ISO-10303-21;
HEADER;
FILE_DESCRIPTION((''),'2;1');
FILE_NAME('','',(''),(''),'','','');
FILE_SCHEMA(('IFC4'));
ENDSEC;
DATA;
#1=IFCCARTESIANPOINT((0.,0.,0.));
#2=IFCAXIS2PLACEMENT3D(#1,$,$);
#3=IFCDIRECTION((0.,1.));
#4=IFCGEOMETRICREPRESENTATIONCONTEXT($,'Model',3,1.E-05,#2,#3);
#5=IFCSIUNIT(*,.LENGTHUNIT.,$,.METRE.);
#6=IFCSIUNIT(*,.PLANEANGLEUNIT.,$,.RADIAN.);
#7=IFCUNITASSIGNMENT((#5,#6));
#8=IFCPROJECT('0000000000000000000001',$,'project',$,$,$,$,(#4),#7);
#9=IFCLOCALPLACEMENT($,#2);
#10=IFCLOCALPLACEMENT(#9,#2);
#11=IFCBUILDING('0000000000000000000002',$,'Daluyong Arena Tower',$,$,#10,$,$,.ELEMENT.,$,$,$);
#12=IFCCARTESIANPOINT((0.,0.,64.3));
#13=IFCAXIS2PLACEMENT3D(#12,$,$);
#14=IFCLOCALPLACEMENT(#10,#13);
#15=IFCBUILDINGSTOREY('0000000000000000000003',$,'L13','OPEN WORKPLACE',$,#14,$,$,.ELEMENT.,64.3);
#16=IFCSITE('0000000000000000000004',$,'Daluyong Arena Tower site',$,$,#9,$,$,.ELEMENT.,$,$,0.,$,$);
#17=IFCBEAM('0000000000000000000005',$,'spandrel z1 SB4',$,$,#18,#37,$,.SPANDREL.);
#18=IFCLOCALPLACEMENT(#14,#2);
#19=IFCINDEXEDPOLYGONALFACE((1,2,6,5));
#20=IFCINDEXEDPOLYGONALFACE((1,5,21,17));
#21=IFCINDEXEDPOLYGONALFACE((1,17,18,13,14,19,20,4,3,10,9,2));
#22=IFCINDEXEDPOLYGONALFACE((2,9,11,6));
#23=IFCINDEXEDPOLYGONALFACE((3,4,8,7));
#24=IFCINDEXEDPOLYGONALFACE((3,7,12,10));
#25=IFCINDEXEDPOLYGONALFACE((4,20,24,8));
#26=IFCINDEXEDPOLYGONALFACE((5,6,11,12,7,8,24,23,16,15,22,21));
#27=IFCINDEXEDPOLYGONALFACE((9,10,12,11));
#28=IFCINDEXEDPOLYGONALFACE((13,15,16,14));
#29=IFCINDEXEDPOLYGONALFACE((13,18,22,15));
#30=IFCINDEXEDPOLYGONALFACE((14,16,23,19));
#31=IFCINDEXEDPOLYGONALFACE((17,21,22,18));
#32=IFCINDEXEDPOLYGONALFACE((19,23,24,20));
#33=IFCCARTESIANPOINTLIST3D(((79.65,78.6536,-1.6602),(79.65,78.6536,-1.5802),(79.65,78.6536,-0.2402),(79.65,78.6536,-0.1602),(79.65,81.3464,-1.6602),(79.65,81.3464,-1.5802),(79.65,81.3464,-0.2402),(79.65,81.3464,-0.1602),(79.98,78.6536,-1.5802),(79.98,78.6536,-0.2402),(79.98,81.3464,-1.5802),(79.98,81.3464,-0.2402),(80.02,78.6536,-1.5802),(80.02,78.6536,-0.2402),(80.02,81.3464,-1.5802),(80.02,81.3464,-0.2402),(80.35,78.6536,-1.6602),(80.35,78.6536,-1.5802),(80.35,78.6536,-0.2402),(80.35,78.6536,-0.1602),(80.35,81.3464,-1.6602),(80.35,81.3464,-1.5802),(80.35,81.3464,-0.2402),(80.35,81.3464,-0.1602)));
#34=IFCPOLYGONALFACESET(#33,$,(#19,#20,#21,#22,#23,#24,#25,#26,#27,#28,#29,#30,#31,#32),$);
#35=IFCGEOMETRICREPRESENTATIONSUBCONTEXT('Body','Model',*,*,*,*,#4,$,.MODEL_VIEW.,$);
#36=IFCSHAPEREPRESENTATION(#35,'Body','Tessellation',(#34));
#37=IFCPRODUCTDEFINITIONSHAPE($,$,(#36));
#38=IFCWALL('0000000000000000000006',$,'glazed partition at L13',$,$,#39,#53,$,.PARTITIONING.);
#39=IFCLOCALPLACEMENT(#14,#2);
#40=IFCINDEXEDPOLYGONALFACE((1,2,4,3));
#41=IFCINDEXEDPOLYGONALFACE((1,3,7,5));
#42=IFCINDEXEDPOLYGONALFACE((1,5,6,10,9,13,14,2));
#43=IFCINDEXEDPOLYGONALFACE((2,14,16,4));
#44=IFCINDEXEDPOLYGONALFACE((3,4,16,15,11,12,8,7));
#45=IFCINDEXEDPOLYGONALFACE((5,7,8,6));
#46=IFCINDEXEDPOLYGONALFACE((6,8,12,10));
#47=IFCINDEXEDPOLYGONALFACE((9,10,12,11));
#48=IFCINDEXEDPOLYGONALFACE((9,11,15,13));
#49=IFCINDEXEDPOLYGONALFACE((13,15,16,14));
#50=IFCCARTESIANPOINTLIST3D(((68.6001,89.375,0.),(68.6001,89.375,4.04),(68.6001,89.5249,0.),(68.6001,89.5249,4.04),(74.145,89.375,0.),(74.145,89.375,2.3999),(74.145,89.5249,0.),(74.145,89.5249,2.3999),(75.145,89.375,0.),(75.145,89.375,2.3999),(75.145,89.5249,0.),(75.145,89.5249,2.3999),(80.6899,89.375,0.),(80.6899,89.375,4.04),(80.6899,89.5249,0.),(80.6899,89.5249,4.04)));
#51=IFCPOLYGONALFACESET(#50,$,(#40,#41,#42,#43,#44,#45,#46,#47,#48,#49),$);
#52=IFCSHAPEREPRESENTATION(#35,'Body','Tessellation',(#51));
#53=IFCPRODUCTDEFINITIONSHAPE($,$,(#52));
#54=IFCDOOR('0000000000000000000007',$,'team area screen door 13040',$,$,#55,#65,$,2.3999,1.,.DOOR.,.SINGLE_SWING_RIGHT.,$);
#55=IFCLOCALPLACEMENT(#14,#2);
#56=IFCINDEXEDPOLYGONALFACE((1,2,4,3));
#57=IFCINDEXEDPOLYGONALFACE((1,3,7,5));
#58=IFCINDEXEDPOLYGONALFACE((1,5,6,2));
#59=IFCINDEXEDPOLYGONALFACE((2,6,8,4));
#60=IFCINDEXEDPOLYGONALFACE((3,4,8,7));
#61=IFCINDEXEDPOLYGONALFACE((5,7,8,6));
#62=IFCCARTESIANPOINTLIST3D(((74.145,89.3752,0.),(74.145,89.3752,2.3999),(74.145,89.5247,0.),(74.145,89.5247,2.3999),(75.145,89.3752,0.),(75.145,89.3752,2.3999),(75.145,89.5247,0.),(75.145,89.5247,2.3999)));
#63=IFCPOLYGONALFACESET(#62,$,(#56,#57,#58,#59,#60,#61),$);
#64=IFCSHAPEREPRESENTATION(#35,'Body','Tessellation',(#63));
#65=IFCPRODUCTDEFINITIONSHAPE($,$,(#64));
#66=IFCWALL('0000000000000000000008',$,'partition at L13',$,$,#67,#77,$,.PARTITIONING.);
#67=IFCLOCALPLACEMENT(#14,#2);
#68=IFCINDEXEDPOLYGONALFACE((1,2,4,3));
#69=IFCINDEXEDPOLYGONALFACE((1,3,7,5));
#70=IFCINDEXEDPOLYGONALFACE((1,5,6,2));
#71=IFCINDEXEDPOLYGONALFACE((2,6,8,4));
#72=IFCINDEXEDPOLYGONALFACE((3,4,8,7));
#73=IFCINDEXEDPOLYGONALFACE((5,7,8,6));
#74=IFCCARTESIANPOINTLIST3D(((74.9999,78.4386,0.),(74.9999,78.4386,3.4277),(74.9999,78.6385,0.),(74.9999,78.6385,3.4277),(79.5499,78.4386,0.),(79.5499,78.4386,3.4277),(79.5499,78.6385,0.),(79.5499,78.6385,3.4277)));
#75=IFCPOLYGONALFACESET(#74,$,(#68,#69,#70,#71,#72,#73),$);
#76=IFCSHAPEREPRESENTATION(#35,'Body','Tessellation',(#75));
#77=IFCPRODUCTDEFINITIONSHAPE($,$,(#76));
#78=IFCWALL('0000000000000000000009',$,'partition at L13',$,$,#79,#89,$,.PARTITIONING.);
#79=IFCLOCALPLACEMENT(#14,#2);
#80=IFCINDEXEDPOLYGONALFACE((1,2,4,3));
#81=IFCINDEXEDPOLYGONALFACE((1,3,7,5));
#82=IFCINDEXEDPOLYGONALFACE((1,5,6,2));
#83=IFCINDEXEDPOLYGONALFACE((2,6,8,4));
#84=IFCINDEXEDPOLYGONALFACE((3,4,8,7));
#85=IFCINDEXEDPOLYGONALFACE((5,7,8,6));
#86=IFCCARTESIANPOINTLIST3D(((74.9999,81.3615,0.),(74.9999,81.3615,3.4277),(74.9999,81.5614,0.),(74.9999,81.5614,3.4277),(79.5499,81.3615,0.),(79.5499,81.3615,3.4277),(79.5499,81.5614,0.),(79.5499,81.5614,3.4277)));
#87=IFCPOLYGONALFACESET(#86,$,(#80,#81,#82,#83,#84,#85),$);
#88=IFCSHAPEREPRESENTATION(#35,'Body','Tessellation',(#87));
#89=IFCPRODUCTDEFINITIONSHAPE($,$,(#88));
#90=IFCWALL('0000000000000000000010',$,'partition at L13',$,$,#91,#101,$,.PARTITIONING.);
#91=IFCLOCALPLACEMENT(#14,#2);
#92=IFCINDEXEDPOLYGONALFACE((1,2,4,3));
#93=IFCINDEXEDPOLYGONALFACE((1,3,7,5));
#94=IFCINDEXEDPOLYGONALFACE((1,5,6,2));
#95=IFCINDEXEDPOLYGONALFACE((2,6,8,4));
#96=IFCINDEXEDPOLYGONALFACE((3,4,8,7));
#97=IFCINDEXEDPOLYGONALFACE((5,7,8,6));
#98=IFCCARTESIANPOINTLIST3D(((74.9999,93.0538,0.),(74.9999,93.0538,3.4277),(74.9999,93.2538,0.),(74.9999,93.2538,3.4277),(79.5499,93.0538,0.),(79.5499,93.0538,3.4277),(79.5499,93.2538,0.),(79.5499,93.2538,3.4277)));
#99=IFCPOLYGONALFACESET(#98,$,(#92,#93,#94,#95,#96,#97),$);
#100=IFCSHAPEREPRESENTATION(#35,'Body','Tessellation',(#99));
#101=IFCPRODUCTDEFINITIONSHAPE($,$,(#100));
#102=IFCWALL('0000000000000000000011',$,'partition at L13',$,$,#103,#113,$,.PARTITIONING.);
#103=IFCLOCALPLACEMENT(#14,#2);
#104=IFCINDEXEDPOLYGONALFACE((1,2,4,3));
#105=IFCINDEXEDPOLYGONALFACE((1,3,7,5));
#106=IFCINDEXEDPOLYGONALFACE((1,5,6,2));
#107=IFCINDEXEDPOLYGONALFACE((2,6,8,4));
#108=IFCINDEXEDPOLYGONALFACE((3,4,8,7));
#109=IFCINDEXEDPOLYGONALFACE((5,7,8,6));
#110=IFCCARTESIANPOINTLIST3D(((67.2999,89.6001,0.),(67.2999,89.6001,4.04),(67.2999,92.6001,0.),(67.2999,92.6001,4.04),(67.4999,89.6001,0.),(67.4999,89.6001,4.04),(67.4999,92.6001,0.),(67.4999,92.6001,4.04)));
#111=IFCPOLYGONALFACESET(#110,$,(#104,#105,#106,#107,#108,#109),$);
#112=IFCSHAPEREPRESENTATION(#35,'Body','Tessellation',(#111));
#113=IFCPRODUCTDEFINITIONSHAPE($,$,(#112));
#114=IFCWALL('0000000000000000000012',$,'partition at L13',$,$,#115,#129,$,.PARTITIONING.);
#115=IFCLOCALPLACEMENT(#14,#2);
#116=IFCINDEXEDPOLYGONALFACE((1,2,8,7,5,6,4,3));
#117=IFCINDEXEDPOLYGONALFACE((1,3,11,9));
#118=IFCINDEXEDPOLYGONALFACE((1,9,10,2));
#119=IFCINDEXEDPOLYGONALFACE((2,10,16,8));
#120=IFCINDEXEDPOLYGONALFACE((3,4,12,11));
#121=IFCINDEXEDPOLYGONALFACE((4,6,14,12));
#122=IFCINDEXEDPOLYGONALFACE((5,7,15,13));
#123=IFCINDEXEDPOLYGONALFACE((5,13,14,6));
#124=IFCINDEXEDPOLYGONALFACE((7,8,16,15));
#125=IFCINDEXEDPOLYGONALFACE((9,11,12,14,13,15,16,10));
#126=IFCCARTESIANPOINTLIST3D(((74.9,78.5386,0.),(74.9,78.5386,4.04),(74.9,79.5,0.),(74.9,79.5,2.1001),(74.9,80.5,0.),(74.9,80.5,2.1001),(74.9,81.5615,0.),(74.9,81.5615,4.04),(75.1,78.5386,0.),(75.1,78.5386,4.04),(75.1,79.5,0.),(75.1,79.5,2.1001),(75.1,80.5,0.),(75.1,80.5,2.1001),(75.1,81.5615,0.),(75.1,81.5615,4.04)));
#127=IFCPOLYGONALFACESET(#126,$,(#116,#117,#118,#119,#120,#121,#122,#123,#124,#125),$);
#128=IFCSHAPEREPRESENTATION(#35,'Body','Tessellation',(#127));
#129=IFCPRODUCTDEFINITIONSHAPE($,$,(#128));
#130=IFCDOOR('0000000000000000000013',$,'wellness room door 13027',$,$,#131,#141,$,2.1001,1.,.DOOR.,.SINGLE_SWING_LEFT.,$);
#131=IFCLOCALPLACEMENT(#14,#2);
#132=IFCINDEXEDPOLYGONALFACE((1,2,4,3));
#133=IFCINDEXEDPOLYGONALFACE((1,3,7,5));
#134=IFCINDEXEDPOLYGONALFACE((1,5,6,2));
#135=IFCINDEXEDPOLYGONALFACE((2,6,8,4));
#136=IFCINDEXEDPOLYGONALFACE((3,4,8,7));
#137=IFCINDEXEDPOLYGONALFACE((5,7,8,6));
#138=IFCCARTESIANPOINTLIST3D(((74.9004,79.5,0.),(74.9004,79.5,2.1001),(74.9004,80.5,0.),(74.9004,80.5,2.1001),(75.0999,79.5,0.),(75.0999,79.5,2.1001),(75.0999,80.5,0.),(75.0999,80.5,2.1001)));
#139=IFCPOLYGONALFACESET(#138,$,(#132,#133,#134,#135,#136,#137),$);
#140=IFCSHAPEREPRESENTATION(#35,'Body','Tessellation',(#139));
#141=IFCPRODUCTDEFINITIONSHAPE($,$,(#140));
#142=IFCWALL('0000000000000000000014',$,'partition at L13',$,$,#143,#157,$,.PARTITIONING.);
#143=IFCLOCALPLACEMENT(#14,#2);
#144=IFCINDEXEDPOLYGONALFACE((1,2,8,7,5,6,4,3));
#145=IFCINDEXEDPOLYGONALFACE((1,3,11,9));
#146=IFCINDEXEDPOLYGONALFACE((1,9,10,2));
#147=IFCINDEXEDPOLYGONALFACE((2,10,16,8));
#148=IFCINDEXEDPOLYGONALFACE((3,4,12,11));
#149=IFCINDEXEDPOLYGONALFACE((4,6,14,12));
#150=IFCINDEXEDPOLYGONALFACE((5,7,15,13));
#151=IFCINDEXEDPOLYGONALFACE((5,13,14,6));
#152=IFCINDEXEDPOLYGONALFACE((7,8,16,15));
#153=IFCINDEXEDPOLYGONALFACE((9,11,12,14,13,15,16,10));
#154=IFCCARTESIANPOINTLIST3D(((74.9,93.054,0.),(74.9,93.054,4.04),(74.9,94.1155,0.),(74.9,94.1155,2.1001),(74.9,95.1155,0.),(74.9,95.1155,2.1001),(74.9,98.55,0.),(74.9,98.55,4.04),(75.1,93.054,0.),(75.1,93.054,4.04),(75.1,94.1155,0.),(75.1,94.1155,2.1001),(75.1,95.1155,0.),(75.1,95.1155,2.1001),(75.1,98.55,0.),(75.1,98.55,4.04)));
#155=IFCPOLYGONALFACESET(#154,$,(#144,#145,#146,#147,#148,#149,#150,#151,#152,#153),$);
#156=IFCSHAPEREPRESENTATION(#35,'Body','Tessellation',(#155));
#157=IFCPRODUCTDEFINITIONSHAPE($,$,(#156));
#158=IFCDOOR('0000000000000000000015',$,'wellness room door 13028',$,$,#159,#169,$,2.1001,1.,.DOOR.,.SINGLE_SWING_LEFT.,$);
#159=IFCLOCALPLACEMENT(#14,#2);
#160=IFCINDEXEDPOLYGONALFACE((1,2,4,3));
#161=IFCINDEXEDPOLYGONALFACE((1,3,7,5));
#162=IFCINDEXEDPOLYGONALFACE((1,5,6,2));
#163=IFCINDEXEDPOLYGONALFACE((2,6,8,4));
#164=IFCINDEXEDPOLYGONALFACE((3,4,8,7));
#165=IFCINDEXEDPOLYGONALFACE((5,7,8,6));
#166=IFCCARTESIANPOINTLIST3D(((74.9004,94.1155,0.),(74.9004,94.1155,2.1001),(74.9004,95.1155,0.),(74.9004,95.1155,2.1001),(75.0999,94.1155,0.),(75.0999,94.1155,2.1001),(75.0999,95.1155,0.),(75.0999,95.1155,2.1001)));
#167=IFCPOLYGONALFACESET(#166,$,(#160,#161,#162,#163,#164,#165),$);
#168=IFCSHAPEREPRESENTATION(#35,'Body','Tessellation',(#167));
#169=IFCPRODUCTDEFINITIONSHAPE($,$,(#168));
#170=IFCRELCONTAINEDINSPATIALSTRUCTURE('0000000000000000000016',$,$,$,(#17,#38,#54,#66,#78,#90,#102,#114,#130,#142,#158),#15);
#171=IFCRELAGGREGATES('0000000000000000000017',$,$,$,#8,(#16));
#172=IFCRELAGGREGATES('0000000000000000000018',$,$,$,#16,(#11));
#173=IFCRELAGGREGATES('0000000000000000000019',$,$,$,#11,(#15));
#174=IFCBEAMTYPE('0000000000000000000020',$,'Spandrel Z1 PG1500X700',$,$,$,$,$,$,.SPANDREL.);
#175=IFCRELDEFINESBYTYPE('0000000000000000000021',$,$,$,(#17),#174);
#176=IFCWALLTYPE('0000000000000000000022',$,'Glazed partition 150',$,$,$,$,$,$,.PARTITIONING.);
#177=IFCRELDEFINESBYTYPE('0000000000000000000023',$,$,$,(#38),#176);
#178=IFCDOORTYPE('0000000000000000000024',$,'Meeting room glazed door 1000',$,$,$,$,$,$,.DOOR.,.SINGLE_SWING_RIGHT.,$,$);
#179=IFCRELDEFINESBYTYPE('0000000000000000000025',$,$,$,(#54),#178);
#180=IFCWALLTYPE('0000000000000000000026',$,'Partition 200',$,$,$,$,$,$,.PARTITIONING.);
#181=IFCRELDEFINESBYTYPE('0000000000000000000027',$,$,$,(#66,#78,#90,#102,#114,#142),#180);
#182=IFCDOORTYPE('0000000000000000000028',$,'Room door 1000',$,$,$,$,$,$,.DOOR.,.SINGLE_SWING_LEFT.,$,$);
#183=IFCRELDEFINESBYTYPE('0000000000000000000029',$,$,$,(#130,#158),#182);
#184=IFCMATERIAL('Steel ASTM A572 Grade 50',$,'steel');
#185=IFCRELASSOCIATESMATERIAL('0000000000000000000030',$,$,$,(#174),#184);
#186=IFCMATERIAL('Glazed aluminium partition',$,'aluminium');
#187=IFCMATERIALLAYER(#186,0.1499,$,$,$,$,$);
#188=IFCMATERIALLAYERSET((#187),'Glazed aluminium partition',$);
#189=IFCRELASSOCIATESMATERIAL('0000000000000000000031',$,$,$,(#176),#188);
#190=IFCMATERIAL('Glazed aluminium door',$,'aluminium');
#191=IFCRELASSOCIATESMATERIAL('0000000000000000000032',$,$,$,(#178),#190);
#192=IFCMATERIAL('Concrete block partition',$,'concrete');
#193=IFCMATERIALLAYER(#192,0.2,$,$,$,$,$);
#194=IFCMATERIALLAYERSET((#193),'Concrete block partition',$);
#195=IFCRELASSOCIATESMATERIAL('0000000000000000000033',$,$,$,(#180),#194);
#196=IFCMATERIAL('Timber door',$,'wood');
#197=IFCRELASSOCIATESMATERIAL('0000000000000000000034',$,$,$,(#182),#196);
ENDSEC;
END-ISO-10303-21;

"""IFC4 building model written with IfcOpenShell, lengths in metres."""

from ifc_helpers import new_model, si_unit, direction, frame, frame_2d, origin, origin_2d, place, context, subcontext, project, spatial, rectangle, i_section, extrude, material, layer, layer_set, material_profile, profile_set, type_object, element, fill, save


model = new_model("IFC4")

# Units and contexts
model_context = context("Model", 3, precision=1e-05, world=origin(), true_north=direction((0.0, 1.0)))
body_context = subcontext(model_context, "Body", "Model", "MODEL_VIEW")
ifc_project = project(units=[si_unit("LENGTHUNIT", "METRE"), si_unit("PLANEANGLEUNIT", "RADIAN")], contexts=[model_context])

# Site, building, storey
site_placement = place(None, origin())
site = spatial("IfcSite", under=ifc_project, at=site_placement, Name="Daluyong Arena Tower site", CompositionType="ELEMENT", RefElevation=0.0)
building_placement = place(site_placement, origin())
building = spatial("IfcBuilding", under=site, at=building_placement, Name="Daluyong Arena Tower", CompositionType="ELEMENT")
storey_placement = place(building_placement, frame((0.0, 0.0, 64.3)))
storey = spatial("IfcBuildingStorey", under=building, at=storey_placement, Name="L13", Description="OPEN WORKPLACE", CompositionType="ELEMENT", Elevation=64.3)

# Beam
ifc_material_1 = material(Name="Steel ASTM A572 Grade 50", Category="steel")
ifc_material_profile_1 = material_profile(ifc_material_1, i_section(OverallWidth=0.7, OverallDepth=1.5, WebThickness=0.04, FlangeThickness=0.08, at=origin_2d()))
ifc_profile_set_1 = profile_set([ifc_material_profile_1], Name="Steel ASTM A572 Grade 50")
beam_type_1 = type_object("IfcBeamType", Name="Spandrel Z1 PG1500X700", PredefinedType="SPANDREL", material=ifc_profile_set_1)
beam_1_placement = place(storey_placement, frame((80.0, 78.6536, -0.9102), z_axis=(0.0, 1.0, 0.0), x_axis=(-1.0, 0.0, 0.0)))
element("IfcBeam", 1, at=beam_1_placement, inside=storey, type_object=beam_type_1, Name="spandrel z1 SB4", PredefinedType="SPANDREL", context=body_context, shape_type="SweptSolid", body=[
    extrude(i_section(OverallWidth=0.7, OverallDepth=1.5, WebThickness=0.04, FlangeThickness=0.08, at=origin_2d()), origin(), (0.0, 0.0, 1.0), 2.6929),
])

# Wall, opening, door
ifc_material_2 = material(Name="Glazed aluminium partition", Category="aluminium")
ifc_layer_1 = layer(ifc_material_2, 0.1499)
ifc_layer_set_1 = layer_set([ifc_layer_1], Name="Glazed aluminium partition")
wall_type_1 = type_object("IfcWallType", Name="Glazed partition 150", PredefinedType="PARTITIONING", material=ifc_layer_set_1)
wall_1_placement = place(storey_placement, frame((68.6001, 89.45, 0.0), z_axis=(0.0, 0.0, 1.0), x_axis=(1.0, 0.0, 0.0)))
wall_1 = element("IfcWall", 2, at=wall_1_placement, inside=storey, type_object=wall_type_1, Name="glazed partition at L13", PredefinedType="PARTITIONING", context=body_context, shape_type="SweptSolid", body=[
    extrude(rectangle(XDim=12.0898, YDim=0.1499, at=frame_2d((6.0449, 0.0))), origin(), (0.0, 0.0, 1.0), 4.04),
])
opening_1_placement = place(wall_1_placement, frame((5.5449, 0.0, 0.0)))
opening_1 = element("IfcOpeningElement", 3, at=opening_1_placement, cuts=wall_1, PredefinedType="OPENING", context=body_context, shape_type="SweptSolid", body=[
    extrude(rectangle(XDim=1.0, YDim=2.3999, at=frame_2d((0.5, 1.2))), frame((0.0, 0.085, 0.0), z_axis=(0.0, -1.0, 0.0), x_axis=(1.0, 0.0, 0.0)), (0.0, 0.0, 1.0), 0.1699),
])
ifc_material_3 = material(Name="Glazed aluminium door", Category="aluminium")
door_type_1 = type_object("IfcDoorType", Name="Meeting room glazed door 1000", OperationType="SINGLE_SWING_RIGHT", PredefinedType="DOOR", material=ifc_material_3)
door_1_placement = place(opening_1_placement, origin())
door_1 = element("IfcDoor", 4, at=door_1_placement, inside=storey, type_object=door_type_1, Name="team area screen door 13040", OperationType="SINGLE_SWING_RIGHT", OverallHeight=2.3999, OverallWidth=1.0, PredefinedType="DOOR", context=body_context, shape_type="SweptSolid", body=[
    extrude(rectangle(XDim=1.0, YDim=2.3999, at=frame_2d((0.5, 1.2))), frame((0.0, 0.0747, 0.0), z_axis=(0.0, -1.0, 0.0), x_axis=(1.0, 0.0, 0.0)), (0.0, 0.0, 1.0), 0.1494),
])
fill(opening_1, door_1)

# Walls
ifc_material_4 = material(Name="Concrete block partition", Category="concrete")
ifc_layer_2 = layer(ifc_material_4, 0.2)
ifc_layer_set_2 = layer_set([ifc_layer_2], Name="Concrete block partition")
wall_type_2 = type_object("IfcWallType", Name="Partition 200", PredefinedType="PARTITIONING", material=ifc_layer_set_2)
for number, where, z_axis, x_axis, name in (
    (5, (75.0, 78.5386, 0.0), (0.0, 0.0, 1.0), (1.0, 0.0, 0.0), "partition at L13"),
    (6, (75.0, 81.4614, 0.0), (0.0, 0.0, 1.0), (1.0, 0.0, 0.0), "partition at L13"),
    (7, (75.0, 93.1538, 0.0), (0.0, 0.0, 1.0), (1.0, 0.0, 0.0), "partition at L13"),
):
    element("IfcWall", number, at=place(storey_placement, frame(where, z_axis=z_axis, x_axis=x_axis)), inside=storey, type_object=wall_type_2, Name=name, PredefinedType="PARTITIONING", context=body_context, shape_type="SweptSolid", body=[
        extrude(rectangle(XDim=4.55, YDim=0.2, at=frame_2d((2.2749, 0.0))), origin(), (0.0, 0.0, 1.0), 3.4277),
    ])
wall_2_placement = place(storey_placement, frame((67.3999, 89.6001, 0.0), z_axis=(0.0, 0.0, 1.0), x_axis=(0.0, 1.0, 0.0)))
element("IfcWall", 8, at=wall_2_placement, inside=storey, type_object=wall_type_2, Name="partition at L13", PredefinedType="PARTITIONING", context=body_context, shape_type="SweptSolid", body=[
    extrude(rectangle(XDim=3.0, YDim=0.2, at=frame_2d((1.5, 0.0))), origin(), (0.0, 0.0, 1.0), 4.04),
])

# Walls, openings, doors
wall_3_placement = place(storey_placement, frame((75.0, 78.5386, 0.0), z_axis=(0.0, 0.0, 1.0), x_axis=(0.0, 1.0, 0.0)))
wall_3 = element("IfcWall", 9, at=wall_3_placement, inside=storey, type_object=wall_type_2, Name="partition at L13", PredefinedType="PARTITIONING", context=body_context, shape_type="SweptSolid", body=[
    extrude(rectangle(XDim=3.0229, YDim=0.2, at=frame_2d((1.5115, 0.0))), origin(), (0.0, 0.0, 1.0), 4.04),
])
opening_2_placement = place(wall_3_placement, frame((0.9614, 0.0, 0.0)))
opening_2 = element("IfcOpeningElement", 10, at=opening_2_placement, cuts=wall_3, PredefinedType="OPENING", context=body_context, shape_type="SweptSolid", body=[
    extrude(rectangle(XDim=1.0, YDim=2.1001, at=frame_2d((0.5, 1.05))), frame((0.0, 0.1099, 0.0), z_axis=(0.0, -1.0, 0.0), x_axis=(1.0, 0.0, 0.0)), (0.0, 0.0, 1.0), 0.22),
])
ifc_material_5 = material(Name="Timber door", Category="wood")
door_type_2 = type_object("IfcDoorType", Name="Room door 1000", OperationType="SINGLE_SWING_LEFT", PredefinedType="DOOR", material=ifc_material_5)
door_2_placement = place(opening_2_placement, origin())
door_2 = element("IfcDoor", 11, at=door_2_placement, inside=storey, type_object=door_type_2, Name="wellness room door 13027", OperationType="SINGLE_SWING_LEFT", OverallHeight=2.1001, OverallWidth=1.0, PredefinedType="DOOR", context=body_context, shape_type="SweptSolid", body=[
    extrude(rectangle(XDim=1.0, YDim=2.1001, at=frame_2d((0.5, 1.05))), frame((0.0, 0.0996, 0.0), z_axis=(0.0, -1.0, 0.0), x_axis=(1.0, 0.0, 0.0)), (0.0, 0.0, 1.0), 0.1995),
])
fill(opening_2, door_2)
wall_4_placement = place(storey_placement, frame((75.0, 93.054, 0.0), z_axis=(0.0, 0.0, 1.0), x_axis=(0.0, 1.0, 0.0)))
wall_4 = element("IfcWall", 12, at=wall_4_placement, inside=storey, type_object=wall_type_2, Name="partition at L13", PredefinedType="PARTITIONING", context=body_context, shape_type="SweptSolid", body=[
    extrude(rectangle(XDim=5.4961, YDim=0.2, at=frame_2d((2.748, 0.0))), origin(), (0.0, 0.0, 1.0), 4.04),
])
opening_3_placement = place(wall_4_placement, frame((1.0615, 0.0, 0.0)))
opening_3 = element("IfcOpeningElement", 13, at=opening_3_placement, cuts=wall_4, PredefinedType="OPENING", context=body_context, shape_type="SweptSolid", body=[
    extrude(rectangle(XDim=1.0, YDim=2.1001, at=frame_2d((0.5, 1.05))), frame((0.0, 0.1099, 0.0), z_axis=(0.0, -1.0, 0.0), x_axis=(1.0, 0.0, 0.0)), (0.0, 0.0, 1.0), 0.22),
])
door_3_placement = place(opening_3_placement, origin())
door_3 = element("IfcDoor", 14, at=door_3_placement, inside=storey, type_object=door_type_2, Name="wellness room door 13028", OperationType="SINGLE_SWING_LEFT", OverallHeight=2.1001, OverallWidth=1.0, PredefinedType="DOOR", context=body_context, shape_type="SweptSolid", body=[
    extrude(rectangle(XDim=1.0, YDim=2.1001, at=frame_2d((0.5, 1.05))), frame((0.0, 0.0996, 0.0), z_axis=(0.0, -1.0, 0.0), x_axis=(1.0, 0.0, 0.0)), (0.0, 0.0, 1.0), 0.1995),
])
fill(opening_3, door_3)

save(model, "model.ifc")
